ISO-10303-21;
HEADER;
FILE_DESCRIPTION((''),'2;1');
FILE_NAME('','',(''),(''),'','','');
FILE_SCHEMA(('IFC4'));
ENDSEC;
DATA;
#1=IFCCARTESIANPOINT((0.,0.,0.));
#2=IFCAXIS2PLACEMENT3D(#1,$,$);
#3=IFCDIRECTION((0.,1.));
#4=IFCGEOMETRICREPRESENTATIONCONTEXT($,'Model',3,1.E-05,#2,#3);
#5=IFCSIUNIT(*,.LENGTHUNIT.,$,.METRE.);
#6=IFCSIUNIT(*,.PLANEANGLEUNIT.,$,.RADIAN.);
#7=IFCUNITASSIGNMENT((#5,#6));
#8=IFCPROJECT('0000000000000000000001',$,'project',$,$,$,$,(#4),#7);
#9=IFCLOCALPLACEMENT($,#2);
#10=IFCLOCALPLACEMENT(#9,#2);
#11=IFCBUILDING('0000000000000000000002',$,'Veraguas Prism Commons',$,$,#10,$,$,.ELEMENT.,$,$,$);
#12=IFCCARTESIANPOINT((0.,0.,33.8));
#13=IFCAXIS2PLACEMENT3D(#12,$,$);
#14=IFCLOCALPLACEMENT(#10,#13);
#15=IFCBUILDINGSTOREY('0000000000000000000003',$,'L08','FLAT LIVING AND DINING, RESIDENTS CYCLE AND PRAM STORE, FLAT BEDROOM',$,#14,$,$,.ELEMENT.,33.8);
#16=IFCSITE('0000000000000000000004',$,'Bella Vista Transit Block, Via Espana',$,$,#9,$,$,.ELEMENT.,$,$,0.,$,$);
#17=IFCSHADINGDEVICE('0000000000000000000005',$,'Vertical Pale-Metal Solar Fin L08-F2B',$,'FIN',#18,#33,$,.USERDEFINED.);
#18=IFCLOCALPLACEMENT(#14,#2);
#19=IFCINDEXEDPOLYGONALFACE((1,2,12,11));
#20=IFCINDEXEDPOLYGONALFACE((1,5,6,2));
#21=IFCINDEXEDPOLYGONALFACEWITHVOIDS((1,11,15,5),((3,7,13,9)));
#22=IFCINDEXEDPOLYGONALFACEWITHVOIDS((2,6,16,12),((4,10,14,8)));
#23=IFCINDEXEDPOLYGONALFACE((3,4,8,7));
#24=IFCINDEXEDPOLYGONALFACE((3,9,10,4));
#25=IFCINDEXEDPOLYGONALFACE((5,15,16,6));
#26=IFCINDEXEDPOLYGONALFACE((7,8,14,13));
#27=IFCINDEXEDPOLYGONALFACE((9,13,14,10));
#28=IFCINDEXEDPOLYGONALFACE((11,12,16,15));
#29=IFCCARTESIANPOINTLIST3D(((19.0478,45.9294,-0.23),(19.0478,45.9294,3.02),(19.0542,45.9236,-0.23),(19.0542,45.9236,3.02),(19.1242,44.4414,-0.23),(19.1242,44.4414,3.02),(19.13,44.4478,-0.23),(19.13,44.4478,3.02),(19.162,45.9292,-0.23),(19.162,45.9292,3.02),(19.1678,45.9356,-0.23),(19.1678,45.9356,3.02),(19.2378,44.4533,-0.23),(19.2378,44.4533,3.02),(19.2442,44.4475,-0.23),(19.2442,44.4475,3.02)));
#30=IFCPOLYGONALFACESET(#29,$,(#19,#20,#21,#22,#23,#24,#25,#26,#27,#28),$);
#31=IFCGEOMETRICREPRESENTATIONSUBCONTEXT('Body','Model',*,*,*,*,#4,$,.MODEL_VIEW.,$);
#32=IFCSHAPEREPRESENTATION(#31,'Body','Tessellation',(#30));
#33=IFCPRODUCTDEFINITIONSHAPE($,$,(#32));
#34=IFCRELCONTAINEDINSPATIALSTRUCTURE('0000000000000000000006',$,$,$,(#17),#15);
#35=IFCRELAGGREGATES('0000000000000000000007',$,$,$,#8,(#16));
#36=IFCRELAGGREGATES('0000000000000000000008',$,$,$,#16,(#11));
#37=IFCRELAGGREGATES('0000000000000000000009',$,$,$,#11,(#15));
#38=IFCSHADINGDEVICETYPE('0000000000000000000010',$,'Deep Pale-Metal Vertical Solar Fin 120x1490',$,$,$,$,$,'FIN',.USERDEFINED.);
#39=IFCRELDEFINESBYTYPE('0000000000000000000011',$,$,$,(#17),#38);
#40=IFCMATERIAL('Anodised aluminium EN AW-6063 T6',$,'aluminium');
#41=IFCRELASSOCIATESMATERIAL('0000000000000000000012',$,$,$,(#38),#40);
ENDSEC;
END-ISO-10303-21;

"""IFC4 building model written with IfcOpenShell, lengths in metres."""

from ifc_helpers import new_model, si_unit, direction, frame, origin, origin_2d, place, context, subcontext, project, spatial, hollow_rectangle, extrude, material, material_profile, profile_set, type_object, element, save


model = new_model("IFC4")

# Units and contexts
model_context = context("Model", 3, precision=1e-05, world=origin(), true_north=direction((0.0, 1.0)))
body_context = subcontext(model_context, "Body", "Model", "MODEL_VIEW")
ifc_project = project(units=[si_unit("LENGTHUNIT", "METRE"), si_unit("PLANEANGLEUNIT", "RADIAN")], contexts=[model_context])

# Site, building, storey
site_placement = place(None, origin())
site = spatial("IfcSite", under=ifc_project, at=site_placement, Name="Bella Vista Transit Block, Via Espana", CompositionType="ELEMENT", RefElevation=0.0)
building_placement = place(site_placement, origin())
building = spatial("IfcBuilding", under=site, at=building_placement, Name="Veraguas Prism Commons", CompositionType="ELEMENT")
storey_placement = place(building_placement, frame((0.0, 0.0, 33.8)))
storey = spatial("IfcBuildingStorey", under=building, at=storey_placement, Name="L08", Description="FLAT LIVING AND DINING, RESIDENTS CYCLE AND PRAM STORE, FLAT BEDROOM", CompositionType="ELEMENT", Elevation=33.8)

# Shared definitions
ifc_material_1 = material(Name="Anodised aluminium EN AW-6063 T6", Category="aluminium")

# Shading device
ifc_material_profile_1 = material_profile(ifc_material_1, hollow_rectangle(XDim=0.1201, YDim=1.49, WallThickness=0.0061, at=origin_2d()), Name="FIN120X1490X6")
ifc_profile_set_1 = profile_set([ifc_material_profile_1], Name="Anodised aluminium EN AW-6063 T6")
shading_device_type = type_object("IfcShadingDeviceType", Name="Deep Pale-Metal Vertical Solar Fin 120x1490", ElementType="FIN", PredefinedType="USERDEFINED", material=ifc_profile_set_1)
shading_device_placement = place(storey_placement, frame((19.146, 45.1885, -0.23), z_axis=(0.0, 0.0, 1.0), x_axis=(-0.998684, -0.051292, 0.0)))
element("IfcShadingDevice", 1, at=shading_device_placement, inside=storey, type_object=shading_device_type, Name="Vertical Pale-Metal Solar Fin L08-F2B", ObjectType="FIN", PredefinedType="USERDEFINED", context=body_context, shape_type="SweptSolid", body=[
    extrude(hollow_rectangle(XDim=0.1201, YDim=1.49, WallThickness=0.0061, at=origin_2d()), origin(), (0.0, 0.0, 1.0), 3.25),
])

save(model, "model.ifc")
